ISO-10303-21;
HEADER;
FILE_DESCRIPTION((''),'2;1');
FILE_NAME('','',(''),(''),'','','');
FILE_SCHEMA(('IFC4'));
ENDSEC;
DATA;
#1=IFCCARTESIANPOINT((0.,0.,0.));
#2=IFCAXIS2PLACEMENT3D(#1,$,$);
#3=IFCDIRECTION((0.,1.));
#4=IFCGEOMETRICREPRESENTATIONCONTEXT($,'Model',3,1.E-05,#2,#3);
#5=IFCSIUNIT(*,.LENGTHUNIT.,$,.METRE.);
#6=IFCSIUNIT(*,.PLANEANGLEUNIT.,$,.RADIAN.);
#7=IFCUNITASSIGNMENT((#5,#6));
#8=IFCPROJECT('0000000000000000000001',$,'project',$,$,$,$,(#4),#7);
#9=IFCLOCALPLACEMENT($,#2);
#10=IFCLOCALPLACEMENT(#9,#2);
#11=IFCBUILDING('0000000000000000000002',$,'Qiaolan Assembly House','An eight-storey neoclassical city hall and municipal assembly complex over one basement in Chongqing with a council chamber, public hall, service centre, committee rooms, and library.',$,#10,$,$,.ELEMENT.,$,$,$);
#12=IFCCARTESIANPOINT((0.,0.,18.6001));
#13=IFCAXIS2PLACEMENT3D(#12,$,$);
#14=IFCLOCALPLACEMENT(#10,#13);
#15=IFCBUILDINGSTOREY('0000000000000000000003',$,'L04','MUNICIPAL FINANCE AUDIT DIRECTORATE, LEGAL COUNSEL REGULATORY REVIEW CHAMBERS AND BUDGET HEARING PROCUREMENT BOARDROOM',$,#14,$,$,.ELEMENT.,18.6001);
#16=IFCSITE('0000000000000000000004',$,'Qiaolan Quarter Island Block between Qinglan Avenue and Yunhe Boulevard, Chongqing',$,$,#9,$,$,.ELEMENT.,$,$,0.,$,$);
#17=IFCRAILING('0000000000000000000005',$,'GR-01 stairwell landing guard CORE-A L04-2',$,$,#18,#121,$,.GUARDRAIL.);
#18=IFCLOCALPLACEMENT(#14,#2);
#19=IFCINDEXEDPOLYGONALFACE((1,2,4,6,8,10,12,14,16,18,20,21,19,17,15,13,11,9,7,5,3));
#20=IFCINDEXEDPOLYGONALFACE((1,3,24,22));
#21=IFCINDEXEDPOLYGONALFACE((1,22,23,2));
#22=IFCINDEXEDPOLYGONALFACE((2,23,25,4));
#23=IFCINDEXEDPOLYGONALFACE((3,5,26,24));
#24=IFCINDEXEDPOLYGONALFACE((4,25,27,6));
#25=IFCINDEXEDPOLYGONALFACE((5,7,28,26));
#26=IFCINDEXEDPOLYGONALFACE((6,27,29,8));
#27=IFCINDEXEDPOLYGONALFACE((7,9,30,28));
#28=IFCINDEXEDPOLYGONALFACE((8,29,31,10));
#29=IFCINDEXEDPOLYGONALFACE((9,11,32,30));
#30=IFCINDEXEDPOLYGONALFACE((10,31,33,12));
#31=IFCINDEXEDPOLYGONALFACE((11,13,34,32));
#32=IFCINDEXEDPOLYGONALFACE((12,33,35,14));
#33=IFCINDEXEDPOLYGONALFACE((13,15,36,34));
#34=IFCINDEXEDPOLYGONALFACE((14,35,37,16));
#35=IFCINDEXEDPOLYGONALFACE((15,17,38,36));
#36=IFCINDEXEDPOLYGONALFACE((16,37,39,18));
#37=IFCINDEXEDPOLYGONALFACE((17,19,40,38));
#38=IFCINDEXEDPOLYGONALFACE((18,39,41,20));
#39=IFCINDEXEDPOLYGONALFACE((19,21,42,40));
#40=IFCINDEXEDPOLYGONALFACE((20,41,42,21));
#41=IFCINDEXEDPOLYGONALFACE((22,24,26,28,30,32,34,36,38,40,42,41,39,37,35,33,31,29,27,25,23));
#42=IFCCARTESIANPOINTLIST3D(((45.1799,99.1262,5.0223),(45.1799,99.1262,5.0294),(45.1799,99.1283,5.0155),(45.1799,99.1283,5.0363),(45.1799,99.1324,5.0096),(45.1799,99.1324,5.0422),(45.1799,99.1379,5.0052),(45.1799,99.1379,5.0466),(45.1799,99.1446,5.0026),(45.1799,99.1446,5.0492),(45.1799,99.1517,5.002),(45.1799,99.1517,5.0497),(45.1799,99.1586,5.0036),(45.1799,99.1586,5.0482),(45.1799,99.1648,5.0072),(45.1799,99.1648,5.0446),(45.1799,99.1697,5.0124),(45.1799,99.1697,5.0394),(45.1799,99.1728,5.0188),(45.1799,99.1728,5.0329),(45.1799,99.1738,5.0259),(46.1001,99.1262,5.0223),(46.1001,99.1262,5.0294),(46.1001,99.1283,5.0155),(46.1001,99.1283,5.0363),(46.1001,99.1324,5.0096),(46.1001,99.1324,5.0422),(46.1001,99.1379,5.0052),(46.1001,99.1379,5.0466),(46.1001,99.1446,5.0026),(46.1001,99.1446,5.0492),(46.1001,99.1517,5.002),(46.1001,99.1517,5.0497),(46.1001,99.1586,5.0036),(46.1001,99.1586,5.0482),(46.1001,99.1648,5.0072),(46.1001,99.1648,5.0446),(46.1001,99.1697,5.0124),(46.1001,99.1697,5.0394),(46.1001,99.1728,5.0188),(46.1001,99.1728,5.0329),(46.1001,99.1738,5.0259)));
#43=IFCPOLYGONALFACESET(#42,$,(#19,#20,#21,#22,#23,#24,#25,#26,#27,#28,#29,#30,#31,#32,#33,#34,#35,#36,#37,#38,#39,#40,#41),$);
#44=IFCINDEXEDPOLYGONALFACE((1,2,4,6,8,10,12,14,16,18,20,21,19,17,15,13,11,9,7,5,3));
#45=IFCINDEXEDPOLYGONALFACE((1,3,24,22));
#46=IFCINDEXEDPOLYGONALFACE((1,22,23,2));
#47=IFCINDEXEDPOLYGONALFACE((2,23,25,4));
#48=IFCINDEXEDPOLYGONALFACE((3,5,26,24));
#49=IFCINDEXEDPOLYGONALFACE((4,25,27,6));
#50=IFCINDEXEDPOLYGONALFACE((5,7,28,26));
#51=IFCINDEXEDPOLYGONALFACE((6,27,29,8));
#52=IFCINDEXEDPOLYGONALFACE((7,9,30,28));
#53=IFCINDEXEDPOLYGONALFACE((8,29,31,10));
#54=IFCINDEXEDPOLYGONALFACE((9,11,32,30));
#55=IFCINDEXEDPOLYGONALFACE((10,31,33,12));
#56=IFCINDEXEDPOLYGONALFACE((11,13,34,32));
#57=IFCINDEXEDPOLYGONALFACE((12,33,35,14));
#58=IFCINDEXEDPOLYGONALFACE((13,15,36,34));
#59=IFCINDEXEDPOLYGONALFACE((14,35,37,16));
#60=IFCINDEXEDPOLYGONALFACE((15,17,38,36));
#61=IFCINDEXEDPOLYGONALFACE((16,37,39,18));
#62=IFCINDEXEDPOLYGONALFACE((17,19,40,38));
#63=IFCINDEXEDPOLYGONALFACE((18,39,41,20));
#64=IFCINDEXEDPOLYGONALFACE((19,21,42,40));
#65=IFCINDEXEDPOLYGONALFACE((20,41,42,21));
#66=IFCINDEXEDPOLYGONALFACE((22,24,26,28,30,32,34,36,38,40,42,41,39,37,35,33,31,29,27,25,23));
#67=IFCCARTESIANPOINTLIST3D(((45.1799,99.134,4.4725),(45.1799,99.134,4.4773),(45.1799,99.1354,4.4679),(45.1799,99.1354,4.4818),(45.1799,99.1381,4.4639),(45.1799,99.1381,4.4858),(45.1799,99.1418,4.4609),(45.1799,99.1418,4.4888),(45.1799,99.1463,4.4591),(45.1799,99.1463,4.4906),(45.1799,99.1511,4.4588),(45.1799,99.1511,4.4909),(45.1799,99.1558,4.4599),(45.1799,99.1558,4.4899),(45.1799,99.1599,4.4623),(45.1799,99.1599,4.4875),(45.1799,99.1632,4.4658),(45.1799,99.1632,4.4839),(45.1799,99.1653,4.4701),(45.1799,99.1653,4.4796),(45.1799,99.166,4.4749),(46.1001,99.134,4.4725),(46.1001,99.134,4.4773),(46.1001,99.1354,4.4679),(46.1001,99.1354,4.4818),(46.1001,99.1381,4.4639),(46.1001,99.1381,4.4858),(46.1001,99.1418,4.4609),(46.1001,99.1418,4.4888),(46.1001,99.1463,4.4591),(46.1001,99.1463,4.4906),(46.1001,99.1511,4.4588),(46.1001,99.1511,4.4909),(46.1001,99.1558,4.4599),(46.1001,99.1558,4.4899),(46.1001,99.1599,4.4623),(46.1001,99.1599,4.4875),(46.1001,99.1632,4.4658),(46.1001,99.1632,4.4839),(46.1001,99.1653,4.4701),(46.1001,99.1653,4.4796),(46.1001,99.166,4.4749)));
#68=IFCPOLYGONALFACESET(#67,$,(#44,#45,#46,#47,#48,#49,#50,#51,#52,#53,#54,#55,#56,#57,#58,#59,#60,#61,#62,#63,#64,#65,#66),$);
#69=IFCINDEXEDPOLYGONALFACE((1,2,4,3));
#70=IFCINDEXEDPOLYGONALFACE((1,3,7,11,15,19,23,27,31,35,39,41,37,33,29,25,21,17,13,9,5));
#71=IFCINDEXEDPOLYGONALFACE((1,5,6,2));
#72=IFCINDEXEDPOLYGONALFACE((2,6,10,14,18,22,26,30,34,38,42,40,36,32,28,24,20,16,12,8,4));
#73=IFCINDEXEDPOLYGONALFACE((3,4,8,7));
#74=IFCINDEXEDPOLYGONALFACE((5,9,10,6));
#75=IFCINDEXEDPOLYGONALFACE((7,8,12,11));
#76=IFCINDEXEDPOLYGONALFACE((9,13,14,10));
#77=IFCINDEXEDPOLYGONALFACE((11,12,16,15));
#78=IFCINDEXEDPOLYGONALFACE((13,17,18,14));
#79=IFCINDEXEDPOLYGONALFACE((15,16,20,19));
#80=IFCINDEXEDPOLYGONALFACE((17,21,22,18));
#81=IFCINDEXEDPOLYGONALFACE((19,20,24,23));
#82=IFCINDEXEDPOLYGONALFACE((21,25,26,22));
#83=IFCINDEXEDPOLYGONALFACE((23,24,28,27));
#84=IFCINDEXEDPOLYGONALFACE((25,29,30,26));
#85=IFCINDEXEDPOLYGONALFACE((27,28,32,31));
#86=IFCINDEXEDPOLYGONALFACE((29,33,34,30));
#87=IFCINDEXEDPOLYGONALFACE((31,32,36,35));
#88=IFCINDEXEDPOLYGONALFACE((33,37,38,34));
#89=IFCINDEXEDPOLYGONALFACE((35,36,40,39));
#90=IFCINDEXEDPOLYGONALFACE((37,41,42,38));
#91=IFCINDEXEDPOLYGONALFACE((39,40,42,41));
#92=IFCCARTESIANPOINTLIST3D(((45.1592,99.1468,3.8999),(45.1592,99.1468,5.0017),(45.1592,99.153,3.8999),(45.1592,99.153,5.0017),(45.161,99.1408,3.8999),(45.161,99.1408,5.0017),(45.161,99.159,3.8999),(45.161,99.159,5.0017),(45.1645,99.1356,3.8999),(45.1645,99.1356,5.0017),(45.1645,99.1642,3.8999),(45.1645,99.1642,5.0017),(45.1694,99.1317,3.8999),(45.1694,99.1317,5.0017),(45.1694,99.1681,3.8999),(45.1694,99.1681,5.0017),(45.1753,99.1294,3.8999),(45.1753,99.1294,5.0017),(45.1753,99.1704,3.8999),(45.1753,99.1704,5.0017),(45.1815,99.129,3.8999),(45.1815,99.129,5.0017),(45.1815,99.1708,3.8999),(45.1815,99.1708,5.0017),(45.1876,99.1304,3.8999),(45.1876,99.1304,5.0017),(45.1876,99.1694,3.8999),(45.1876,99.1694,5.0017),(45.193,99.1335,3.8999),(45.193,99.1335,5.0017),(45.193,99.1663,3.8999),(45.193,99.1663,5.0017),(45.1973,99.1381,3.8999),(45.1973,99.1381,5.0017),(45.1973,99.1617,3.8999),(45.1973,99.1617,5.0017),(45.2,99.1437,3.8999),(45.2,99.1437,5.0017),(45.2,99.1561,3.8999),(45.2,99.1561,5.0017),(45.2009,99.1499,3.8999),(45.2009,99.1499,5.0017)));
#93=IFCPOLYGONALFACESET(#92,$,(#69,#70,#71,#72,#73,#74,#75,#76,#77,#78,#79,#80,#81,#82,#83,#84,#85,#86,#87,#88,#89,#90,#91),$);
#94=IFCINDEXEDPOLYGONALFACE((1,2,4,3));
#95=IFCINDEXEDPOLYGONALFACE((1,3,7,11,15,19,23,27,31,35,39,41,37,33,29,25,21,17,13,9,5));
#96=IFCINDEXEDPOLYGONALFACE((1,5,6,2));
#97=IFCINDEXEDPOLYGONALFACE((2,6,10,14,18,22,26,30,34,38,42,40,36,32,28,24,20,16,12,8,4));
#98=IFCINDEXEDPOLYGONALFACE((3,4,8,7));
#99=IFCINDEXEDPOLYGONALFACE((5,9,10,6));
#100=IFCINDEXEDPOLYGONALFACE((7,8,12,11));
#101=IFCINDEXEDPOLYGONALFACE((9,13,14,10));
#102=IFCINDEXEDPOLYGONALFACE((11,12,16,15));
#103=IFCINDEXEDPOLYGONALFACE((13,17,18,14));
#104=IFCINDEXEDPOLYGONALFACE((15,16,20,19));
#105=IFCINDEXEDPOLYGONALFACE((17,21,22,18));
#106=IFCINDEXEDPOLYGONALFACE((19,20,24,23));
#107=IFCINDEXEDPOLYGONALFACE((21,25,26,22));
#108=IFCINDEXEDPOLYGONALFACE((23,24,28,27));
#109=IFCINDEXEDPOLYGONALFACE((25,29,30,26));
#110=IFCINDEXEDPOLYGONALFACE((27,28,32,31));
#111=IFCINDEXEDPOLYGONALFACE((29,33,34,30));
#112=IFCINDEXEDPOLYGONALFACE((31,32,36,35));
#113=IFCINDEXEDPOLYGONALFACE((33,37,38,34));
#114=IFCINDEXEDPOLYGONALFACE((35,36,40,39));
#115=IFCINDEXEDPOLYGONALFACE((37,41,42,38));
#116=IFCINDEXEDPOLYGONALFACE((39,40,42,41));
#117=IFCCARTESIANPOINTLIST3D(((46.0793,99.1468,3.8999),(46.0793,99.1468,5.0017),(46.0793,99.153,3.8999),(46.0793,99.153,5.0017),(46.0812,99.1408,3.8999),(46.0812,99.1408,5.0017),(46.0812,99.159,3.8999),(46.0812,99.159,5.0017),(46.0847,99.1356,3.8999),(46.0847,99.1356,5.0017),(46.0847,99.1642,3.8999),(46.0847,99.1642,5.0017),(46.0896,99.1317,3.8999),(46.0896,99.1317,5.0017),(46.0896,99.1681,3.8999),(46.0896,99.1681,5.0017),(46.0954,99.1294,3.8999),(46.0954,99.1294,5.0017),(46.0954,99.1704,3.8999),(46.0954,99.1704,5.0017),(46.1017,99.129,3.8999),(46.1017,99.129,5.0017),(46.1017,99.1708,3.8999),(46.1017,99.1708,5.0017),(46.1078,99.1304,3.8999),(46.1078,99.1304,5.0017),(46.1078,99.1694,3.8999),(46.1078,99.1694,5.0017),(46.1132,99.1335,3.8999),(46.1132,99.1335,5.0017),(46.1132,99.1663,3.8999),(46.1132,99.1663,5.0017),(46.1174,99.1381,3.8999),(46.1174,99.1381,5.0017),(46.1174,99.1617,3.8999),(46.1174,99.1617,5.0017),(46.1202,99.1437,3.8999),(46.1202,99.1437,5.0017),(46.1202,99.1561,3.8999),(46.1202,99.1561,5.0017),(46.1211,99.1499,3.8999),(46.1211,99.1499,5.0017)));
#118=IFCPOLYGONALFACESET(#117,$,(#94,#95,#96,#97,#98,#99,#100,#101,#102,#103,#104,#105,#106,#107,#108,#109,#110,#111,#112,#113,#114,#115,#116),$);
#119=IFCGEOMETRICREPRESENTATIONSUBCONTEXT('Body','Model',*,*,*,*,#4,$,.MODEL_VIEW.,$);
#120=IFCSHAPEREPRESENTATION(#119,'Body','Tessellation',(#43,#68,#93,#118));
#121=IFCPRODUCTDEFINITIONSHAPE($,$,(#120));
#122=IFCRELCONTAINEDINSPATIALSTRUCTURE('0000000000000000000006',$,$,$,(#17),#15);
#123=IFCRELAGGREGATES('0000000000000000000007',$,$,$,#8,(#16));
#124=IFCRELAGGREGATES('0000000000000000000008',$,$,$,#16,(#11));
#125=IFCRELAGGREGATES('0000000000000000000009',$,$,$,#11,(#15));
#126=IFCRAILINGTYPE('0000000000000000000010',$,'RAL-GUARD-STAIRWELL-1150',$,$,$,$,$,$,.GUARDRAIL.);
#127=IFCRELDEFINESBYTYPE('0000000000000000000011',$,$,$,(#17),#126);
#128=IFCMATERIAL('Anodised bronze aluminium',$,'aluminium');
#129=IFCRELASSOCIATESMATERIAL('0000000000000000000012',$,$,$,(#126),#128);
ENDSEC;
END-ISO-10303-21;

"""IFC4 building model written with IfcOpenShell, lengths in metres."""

from ifc_helpers import new_model, si_unit, direction, frame, origin, origin_2d, place, context, subcontext, project, spatial, circle, extrude, material, type_object, element, save


model = new_model("IFC4")

# Units and contexts
model_context = context("Model", 3, precision=1e-05, world=origin(), true_north=direction((0.0, 1.0)))
body_context = subcontext(model_context, "Body", "Model", "MODEL_VIEW")
ifc_project = project(units=[si_unit("LENGTHUNIT", "METRE"), si_unit("PLANEANGLEUNIT", "RADIAN")], contexts=[model_context])

# Site, building, storey
site_placement = place(None, origin())
site = spatial("IfcSite", under=ifc_project, at=site_placement, Name="Qiaolan Quarter Island Block between Qinglan Avenue and Yunhe Boulevard, Chongqing", CompositionType="ELEMENT", RefElevation=0.0)
building_placement = place(site_placement, origin())
building = spatial("IfcBuilding", under=site, at=building_placement, Name="Qiaolan Assembly House", Description="An eight-storey neoclassical city hall and municipal assembly complex over one basement in Chongqing with a council chamber, public hall, service centre, committee rooms, and library.", CompositionType="ELEMENT")
storey_placement = place(building_placement, frame((0.0, 0.0, 18.6001)))
storey = spatial("IfcBuildingStorey", under=building, at=storey_placement, Name="L04", Description="MUNICIPAL FINANCE AUDIT DIRECTORATE, LEGAL COUNSEL REGULATORY REVIEW CHAMBERS AND BUDGET HEARING PROCUREMENT BOARDROOM", CompositionType="ELEMENT", Elevation=18.6001)

# Shared definitions
ifc_material_1 = material(Name="Anodised bronze aluminium", Category="aluminium")

# Railing
railing_type_1 = type_object("IfcRailingType", Name="RAL-GUARD-STAIRWELL-1150", PredefinedType="GUARDRAIL", material=ifc_material_1)
for number, where, name in (
    (1, (45.1799, 99.1499, 3.8999), "GR-01 stairwell landing guard CORE-A L04-2"),
):
    element("IfcRailing", number, at=place(storey_placement, frame(where)), inside=storey, type_object=railing_type_1, Name=name, PredefinedType="GUARDRAIL", context=body_context, shape_type="SweptSolid", body=[
        extrude(circle(Radius=0.0239, at=origin_2d()), frame((0.0, 0.0, 1.126), z_axis=(1.0, 0.0, 0.0), x_axis=(0.0, 1.0, 0.0)), (0.0, 0.0, 1.0), 0.9202),
        extrude(circle(Radius=0.0161, at=origin_2d()), frame((0.0, 0.0, 0.575), z_axis=(1.0, 0.0, 0.0), x_axis=(0.0, 1.0, 0.0)), (0.0, 0.0, 1.0), 0.9202),
        extrude(circle(Radius=0.021, at=origin_2d()), origin(), (0.0, 0.0, 1.0), 1.1018),
        extrude(circle(Radius=0.021, at=origin_2d()), frame((0.9202, 0.0, 0.0)), (0.0, 0.0, 1.0), 1.1018),
    ])

save(model, "model.ifc")
